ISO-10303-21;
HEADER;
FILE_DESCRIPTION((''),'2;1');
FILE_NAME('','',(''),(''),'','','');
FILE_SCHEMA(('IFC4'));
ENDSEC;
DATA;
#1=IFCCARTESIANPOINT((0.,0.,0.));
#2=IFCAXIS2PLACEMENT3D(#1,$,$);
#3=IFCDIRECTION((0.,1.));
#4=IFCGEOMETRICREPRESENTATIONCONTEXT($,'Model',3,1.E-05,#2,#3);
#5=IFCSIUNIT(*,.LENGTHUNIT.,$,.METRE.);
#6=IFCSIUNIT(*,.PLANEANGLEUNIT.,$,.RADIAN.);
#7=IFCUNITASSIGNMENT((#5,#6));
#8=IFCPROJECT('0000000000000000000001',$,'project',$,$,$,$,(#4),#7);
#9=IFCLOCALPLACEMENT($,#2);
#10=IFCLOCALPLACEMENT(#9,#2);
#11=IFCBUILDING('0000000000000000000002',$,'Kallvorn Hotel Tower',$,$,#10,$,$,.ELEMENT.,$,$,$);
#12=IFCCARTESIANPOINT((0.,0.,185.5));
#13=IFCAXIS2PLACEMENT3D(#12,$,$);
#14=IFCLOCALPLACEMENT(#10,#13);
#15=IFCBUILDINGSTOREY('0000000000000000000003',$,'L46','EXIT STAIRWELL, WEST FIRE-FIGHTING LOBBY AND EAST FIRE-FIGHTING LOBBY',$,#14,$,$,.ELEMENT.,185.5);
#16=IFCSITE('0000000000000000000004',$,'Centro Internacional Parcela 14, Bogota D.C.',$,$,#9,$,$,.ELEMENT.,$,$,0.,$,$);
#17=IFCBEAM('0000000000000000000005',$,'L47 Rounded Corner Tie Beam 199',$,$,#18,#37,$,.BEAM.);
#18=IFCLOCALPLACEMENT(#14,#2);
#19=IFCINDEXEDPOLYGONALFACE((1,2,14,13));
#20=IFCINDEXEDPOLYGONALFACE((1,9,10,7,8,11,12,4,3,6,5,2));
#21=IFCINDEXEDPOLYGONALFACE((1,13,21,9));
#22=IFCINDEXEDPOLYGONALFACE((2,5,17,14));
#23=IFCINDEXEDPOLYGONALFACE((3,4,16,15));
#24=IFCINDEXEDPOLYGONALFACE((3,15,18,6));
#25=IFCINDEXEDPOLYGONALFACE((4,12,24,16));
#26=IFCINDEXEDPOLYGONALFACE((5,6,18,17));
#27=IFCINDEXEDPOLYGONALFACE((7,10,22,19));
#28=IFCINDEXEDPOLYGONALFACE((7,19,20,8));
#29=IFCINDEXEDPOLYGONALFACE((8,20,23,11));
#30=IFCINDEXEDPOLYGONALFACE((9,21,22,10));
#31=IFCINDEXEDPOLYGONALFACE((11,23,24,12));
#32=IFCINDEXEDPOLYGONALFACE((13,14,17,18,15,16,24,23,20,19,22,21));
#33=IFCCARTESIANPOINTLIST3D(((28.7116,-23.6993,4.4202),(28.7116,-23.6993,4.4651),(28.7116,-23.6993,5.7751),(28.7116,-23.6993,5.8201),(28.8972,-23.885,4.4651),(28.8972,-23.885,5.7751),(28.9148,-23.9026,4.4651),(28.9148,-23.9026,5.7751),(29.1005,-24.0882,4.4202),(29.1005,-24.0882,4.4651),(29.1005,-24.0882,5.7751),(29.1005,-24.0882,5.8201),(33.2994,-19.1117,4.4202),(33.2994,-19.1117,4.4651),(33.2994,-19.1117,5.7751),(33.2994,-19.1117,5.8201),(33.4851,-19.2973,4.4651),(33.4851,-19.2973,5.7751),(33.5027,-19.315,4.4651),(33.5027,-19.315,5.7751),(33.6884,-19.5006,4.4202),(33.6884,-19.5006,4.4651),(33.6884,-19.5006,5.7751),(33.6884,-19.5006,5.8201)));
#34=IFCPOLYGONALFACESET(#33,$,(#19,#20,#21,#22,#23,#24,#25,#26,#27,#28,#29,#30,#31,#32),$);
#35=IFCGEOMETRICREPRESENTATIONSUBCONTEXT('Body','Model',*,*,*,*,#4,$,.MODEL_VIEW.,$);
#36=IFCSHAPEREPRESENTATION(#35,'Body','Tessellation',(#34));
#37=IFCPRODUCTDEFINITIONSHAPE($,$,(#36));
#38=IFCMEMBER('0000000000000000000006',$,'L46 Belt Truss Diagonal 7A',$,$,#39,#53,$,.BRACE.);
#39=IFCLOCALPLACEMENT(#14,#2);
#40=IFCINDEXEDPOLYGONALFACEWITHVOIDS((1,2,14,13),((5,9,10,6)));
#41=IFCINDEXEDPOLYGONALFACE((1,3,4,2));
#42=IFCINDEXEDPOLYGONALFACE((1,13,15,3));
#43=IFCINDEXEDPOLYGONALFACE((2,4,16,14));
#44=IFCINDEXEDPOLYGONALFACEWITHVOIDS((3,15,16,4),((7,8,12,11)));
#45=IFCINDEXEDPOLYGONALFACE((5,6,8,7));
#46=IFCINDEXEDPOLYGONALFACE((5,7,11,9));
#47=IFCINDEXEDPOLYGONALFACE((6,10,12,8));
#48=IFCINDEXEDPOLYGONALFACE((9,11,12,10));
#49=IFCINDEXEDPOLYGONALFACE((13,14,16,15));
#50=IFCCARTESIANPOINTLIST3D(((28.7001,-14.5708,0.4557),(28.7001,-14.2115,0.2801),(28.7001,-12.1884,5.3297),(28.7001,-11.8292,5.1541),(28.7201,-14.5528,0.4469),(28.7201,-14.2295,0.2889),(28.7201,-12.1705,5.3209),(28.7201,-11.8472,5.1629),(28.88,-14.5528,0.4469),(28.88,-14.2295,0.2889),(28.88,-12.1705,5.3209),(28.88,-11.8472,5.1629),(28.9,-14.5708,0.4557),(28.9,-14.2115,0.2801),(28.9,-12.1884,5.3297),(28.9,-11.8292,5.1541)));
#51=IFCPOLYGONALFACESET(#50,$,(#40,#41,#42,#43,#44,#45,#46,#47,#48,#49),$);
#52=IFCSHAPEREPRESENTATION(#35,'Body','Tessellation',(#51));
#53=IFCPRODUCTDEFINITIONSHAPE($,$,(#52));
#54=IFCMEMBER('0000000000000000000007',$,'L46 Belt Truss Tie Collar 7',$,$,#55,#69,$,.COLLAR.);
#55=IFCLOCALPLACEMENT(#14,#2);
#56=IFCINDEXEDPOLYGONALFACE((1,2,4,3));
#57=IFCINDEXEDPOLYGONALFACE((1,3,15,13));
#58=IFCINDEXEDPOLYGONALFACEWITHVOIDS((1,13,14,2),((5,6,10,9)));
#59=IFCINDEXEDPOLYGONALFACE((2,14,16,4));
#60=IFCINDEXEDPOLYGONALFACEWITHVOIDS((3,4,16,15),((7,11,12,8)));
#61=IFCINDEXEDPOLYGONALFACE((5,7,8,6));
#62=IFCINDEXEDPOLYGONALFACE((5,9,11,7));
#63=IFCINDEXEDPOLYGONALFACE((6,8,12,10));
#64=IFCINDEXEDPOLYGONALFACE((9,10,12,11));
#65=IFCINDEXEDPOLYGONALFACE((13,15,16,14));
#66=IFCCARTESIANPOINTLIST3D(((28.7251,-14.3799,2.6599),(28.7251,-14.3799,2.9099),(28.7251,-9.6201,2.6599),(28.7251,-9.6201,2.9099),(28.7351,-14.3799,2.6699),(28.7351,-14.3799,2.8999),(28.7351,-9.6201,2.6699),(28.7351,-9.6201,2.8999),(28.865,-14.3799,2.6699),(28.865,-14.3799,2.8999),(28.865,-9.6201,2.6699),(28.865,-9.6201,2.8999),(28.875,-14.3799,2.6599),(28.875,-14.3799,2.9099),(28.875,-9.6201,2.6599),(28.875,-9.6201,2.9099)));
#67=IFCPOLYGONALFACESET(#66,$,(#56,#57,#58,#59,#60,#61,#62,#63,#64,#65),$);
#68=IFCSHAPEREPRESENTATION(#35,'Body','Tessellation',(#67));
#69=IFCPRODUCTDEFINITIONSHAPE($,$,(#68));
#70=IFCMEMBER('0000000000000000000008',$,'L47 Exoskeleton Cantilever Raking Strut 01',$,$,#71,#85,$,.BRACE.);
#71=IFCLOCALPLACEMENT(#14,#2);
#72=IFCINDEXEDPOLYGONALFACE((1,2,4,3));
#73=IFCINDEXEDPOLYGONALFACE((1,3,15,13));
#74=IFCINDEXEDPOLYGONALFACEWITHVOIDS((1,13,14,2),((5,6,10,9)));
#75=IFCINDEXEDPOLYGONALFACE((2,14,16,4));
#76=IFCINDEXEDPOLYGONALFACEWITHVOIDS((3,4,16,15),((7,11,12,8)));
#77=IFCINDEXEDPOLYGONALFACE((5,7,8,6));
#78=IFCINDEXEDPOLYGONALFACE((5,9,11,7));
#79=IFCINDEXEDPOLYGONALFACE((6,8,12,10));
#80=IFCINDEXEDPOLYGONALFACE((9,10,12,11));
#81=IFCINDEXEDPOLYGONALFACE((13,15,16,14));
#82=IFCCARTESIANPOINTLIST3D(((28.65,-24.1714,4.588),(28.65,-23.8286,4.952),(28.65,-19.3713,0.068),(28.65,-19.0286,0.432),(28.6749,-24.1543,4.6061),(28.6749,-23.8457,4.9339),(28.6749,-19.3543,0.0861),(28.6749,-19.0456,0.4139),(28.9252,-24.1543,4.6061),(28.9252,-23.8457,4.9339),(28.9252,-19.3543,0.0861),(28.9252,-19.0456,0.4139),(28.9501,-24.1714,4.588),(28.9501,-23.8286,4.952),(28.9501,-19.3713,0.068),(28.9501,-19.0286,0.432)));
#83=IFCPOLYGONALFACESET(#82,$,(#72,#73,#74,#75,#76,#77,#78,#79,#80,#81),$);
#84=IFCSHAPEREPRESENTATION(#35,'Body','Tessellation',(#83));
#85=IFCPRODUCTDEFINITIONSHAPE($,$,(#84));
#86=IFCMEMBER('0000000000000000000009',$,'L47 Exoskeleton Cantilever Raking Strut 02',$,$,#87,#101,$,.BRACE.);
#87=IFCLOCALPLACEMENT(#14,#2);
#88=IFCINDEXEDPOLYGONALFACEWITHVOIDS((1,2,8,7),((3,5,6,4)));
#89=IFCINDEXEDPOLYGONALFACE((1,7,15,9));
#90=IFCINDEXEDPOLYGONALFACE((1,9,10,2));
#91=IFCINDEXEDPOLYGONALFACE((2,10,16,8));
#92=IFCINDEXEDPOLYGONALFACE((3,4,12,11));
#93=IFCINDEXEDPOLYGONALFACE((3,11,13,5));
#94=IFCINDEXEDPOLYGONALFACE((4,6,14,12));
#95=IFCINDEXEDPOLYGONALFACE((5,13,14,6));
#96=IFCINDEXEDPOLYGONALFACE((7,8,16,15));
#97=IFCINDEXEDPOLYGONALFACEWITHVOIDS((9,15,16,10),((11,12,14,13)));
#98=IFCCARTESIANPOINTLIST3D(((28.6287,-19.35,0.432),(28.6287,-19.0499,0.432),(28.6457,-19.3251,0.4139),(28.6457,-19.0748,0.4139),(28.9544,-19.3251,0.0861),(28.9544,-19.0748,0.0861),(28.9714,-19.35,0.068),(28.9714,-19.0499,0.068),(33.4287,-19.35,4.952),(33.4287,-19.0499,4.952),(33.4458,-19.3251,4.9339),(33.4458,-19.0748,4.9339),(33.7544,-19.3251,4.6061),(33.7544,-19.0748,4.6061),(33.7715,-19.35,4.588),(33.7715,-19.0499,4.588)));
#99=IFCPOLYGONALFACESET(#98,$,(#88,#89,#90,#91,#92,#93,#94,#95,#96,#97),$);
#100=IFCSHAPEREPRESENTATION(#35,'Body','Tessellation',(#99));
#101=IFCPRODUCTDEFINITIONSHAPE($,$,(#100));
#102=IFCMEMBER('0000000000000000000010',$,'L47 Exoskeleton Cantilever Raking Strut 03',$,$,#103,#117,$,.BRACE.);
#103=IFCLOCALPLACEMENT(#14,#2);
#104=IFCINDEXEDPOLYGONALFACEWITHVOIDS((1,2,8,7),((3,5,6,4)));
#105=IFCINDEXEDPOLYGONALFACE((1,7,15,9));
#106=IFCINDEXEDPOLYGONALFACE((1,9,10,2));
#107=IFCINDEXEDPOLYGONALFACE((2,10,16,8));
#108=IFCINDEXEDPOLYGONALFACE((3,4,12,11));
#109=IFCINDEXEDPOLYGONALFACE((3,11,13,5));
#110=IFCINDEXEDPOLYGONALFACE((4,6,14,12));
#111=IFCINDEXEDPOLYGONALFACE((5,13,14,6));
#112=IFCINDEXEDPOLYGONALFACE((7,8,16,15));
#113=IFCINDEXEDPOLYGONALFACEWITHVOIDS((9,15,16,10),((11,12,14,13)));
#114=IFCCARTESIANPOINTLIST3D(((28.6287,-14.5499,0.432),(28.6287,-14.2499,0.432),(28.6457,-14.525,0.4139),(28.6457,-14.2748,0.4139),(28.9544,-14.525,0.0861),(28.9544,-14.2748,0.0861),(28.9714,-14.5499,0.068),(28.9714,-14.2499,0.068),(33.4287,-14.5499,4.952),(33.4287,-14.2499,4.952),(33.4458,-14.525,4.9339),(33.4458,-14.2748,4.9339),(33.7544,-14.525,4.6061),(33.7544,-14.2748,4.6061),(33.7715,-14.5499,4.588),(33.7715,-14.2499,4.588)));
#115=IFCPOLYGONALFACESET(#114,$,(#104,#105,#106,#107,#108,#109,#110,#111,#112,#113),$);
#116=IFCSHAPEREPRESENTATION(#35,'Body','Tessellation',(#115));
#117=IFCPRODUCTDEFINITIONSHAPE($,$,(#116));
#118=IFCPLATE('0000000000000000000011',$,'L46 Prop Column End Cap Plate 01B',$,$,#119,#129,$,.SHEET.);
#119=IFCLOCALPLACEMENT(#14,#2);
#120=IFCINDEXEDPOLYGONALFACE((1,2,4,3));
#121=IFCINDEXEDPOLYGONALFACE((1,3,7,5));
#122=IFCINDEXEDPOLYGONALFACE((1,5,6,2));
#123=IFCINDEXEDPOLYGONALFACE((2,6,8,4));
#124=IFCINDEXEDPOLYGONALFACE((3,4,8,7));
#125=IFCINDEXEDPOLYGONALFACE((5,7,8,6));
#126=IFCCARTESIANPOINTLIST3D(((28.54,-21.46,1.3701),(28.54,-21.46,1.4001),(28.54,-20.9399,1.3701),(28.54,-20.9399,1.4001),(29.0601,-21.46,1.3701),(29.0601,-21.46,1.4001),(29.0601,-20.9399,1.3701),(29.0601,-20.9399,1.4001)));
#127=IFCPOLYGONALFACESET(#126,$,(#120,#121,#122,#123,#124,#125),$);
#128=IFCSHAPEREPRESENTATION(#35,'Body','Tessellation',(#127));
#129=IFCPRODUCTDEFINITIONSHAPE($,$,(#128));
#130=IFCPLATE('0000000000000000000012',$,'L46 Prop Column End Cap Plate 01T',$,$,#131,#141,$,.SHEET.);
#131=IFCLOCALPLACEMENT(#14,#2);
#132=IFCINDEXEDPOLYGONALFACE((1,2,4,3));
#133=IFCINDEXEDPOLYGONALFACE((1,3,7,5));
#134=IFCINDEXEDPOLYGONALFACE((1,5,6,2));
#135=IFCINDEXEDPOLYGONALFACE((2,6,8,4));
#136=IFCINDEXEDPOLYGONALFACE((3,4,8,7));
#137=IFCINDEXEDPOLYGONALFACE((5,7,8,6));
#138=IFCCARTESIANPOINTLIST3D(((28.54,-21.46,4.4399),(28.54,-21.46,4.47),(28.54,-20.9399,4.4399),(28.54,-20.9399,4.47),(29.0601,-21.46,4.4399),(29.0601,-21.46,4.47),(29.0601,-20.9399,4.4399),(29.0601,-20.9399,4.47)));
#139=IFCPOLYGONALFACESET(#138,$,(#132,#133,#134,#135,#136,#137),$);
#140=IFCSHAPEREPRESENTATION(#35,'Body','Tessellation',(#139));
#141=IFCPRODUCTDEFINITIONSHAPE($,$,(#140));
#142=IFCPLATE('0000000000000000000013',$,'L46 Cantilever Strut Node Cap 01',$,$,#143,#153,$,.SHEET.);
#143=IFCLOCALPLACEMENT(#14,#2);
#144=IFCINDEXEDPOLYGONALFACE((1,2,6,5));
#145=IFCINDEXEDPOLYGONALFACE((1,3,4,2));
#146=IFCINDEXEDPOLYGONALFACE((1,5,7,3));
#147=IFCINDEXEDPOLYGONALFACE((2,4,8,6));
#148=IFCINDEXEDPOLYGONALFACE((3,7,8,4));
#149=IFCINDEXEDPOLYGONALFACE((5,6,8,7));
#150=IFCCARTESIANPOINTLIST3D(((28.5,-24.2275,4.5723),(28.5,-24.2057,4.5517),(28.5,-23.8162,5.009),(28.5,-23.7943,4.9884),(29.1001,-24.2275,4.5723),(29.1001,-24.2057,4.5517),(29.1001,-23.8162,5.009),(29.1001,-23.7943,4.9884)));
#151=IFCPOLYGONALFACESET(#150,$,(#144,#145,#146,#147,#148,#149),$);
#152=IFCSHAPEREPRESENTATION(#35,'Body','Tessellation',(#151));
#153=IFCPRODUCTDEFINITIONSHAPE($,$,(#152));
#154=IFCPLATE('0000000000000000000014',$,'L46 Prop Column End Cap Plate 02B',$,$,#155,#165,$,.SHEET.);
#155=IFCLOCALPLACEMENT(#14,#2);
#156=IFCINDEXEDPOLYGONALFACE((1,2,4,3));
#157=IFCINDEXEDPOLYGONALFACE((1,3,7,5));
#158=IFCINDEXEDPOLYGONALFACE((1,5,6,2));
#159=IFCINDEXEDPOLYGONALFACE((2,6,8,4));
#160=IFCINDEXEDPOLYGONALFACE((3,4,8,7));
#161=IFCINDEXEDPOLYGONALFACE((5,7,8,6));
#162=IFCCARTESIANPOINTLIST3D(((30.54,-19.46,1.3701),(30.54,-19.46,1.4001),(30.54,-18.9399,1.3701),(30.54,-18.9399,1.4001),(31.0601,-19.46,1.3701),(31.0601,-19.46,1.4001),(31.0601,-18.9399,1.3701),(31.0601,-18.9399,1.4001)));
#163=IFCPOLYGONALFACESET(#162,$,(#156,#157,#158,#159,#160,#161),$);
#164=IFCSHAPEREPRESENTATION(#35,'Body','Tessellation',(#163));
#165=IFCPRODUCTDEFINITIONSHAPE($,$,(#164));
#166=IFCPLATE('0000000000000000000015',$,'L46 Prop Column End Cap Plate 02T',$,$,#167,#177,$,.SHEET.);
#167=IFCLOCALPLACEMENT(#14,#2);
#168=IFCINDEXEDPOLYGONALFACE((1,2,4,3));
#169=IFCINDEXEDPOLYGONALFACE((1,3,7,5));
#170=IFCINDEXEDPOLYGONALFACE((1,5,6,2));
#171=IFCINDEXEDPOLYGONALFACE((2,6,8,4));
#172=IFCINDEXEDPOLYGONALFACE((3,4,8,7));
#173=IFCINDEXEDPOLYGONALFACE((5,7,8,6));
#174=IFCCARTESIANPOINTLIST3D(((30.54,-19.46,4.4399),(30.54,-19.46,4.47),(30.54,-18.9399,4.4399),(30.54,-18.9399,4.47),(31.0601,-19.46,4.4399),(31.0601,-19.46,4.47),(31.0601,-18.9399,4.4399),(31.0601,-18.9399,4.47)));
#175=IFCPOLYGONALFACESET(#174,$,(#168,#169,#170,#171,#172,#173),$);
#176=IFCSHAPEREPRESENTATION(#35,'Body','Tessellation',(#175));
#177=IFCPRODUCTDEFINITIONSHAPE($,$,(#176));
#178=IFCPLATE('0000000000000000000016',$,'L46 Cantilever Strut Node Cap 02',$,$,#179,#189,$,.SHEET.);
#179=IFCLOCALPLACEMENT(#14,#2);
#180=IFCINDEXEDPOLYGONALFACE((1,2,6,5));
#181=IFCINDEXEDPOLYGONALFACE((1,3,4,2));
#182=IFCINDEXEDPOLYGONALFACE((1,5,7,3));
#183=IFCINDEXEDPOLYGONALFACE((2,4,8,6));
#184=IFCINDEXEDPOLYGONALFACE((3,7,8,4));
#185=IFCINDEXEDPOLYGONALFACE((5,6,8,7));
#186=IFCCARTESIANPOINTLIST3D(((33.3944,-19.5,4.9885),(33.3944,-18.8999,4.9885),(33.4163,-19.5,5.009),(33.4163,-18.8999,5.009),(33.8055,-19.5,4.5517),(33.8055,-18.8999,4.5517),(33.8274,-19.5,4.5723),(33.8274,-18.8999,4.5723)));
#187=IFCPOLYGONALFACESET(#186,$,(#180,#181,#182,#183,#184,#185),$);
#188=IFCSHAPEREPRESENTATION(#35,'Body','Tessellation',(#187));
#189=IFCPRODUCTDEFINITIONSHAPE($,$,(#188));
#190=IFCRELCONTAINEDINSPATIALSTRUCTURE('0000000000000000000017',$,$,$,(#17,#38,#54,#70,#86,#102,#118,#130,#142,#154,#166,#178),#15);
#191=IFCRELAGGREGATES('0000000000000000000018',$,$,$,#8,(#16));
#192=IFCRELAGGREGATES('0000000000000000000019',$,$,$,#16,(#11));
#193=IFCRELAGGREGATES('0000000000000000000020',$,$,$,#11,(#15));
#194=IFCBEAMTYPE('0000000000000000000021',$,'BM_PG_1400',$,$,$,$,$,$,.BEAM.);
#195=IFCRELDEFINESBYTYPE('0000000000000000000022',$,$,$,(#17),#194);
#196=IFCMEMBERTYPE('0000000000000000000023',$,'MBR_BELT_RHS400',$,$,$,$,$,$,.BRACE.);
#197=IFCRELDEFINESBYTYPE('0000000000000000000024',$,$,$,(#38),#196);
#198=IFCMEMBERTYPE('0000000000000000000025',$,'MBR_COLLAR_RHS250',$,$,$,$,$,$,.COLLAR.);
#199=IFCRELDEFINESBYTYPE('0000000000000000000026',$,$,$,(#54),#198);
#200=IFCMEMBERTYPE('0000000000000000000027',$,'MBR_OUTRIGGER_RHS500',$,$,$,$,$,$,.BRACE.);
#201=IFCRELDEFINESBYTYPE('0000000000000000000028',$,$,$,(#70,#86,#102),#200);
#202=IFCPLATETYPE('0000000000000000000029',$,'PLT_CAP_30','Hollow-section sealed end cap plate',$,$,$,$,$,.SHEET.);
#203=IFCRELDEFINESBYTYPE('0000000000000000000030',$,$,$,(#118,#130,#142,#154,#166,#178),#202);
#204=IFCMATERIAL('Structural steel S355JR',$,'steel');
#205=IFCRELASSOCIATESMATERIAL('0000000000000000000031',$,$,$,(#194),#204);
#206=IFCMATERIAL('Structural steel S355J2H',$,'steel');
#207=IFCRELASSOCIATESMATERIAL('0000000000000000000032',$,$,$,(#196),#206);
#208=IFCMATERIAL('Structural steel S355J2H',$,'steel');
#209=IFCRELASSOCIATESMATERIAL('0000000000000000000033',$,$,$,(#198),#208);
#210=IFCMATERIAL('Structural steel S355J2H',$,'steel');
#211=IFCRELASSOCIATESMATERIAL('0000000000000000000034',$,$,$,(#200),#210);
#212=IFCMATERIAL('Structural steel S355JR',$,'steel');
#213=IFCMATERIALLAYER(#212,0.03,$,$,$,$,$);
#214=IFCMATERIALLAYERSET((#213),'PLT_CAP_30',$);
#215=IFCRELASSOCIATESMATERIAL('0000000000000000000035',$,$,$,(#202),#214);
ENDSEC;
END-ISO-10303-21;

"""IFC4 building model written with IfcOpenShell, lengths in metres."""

from ifc_helpers import new_model, si_unit, direction, frame, origin, origin_2d, place, context, subcontext, project, spatial, polyline, rectangle, hollow_rectangle, i_section, outline, extrude, material, layer, layer_set, material_profile, profile_set, type_object, element, save


model = new_model("IFC4")

# Units and contexts
model_context = context("Model", 3, precision=1e-05, world=origin(), true_north=direction((0.0, 1.0)))
body_context = subcontext(model_context, "Body", "Model", "MODEL_VIEW")
ifc_project = project(units=[si_unit("LENGTHUNIT", "METRE"), si_unit("PLANEANGLEUNIT", "RADIAN")], contexts=[model_context])

# Site, building, storey
site_placement = place(None, origin())
site = spatial("IfcSite", under=ifc_project, at=site_placement, Name="Centro Internacional Parcela 14, Bogota D.C.", CompositionType="ELEMENT", RefElevation=0.0)
building_placement = place(site_placement, origin())
building = spatial("IfcBuilding", under=site, at=building_placement, Name="Kallvorn Hotel Tower", CompositionType="ELEMENT")
storey_placement = place(building_placement, frame((0.0, 0.0, 185.5)))
storey = spatial("IfcBuildingStorey", under=building, at=storey_placement, Name="L46", Description="EXIT STAIRWELL, WEST FIRE-FIGHTING LOBBY AND EAST FIRE-FIGHTING LOBBY", CompositionType="ELEMENT", Elevation=185.5)

# Beam
ifc_material_1 = material(Name="Structural steel S355JR", Category="steel")
ifc_material_profile_1 = material_profile(ifc_material_1, i_section(OverallWidth=0.55, OverallDepth=1.3999, WebThickness=0.0249, FlangeThickness=0.0449, at=origin_2d()), Name="PG 1400x550x25x45")
ifc_profile_set_1 = profile_set([ifc_material_profile_1], Name="Structural steel S355JR")
beam_type_1 = type_object("IfcBeamType", Name="BM_PG_1400", PredefinedType="BEAM", material=ifc_profile_set_1)
beam_1_placement = place(storey_placement, frame((33.4939, -19.3062, 5.1201), z_axis=(-0.707126, -0.707088, 0.0), x_axis=(0.707088, -0.707126, 0.0)))
element("IfcBeam", 1, at=beam_1_placement, inside=storey, type_object=beam_type_1, Name="L47 Rounded Corner Tie Beam 199", PredefinedType="BEAM", context=body_context, shape_type="SweptSolid", body=[
    extrude(i_section(OverallWidth=0.55, OverallDepth=1.3999, WebThickness=0.0249, FlangeThickness=0.0449, at=origin_2d()), origin(), (0.0, 0.0, 1.0), 6.488),
])

# Members
ifc_material_2 = material(Name="Structural steel S355J2H", Category="steel")
ifc_material_profile_2 = material_profile(ifc_material_2, hollow_rectangle(XDim=0.2, YDim=0.3999, WallThickness=0.02, at=origin_2d()), Name="RHS 400x200x20")
ifc_profile_set_2 = profile_set([ifc_material_profile_2], Name="Structural steel S355J2H")
member_type_1 = type_object("IfcMemberType", Name="MBR_BELT_RHS400", PredefinedType="BRACE", material=ifc_profile_set_2)
member_1_placement = place(storey_placement, frame((28.8, -14.3911, 0.3679), z_axis=(0.0, 0.439131, 0.898423), x_axis=(-1.0, 0.0, 0.0)))
element("IfcMember", 2, at=member_1_placement, inside=storey, type_object=member_type_1, Name="L46 Belt Truss Diagonal 7A", PredefinedType="BRACE", context=body_context, shape_type="SweptSolid", body=[
    extrude(hollow_rectangle(XDim=0.2, YDim=0.3999, WallThickness=0.02, at=origin_2d()), origin(), (0.0, 0.0, 1.0), 5.425),
])
ifc_material_3 = material(Name="Structural steel S355J2H", Category="steel")
ifc_material_profile_3 = material_profile(ifc_material_3, hollow_rectangle(XDim=0.1499, YDim=0.25, WallThickness=0.01, at=origin_2d()), Name="RHS 250x150x10")
ifc_profile_set_3 = profile_set([ifc_material_profile_3], Name="Structural steel S355J2H")
member_type_2 = type_object("IfcMemberType", Name="MBR_COLLAR_RHS250", PredefinedType="COLLAR", material=ifc_profile_set_3)
member_2_placement = place(storey_placement, frame((28.8, -14.3799, 2.7849), z_axis=(0.0, 1.0, 0.0), x_axis=(-1.0, 0.0, 0.0)))
element("IfcMember", 3, at=member_2_placement, inside=storey, type_object=member_type_2, Name="L46 Belt Truss Tie Collar 7", PredefinedType="COLLAR", context=body_context, shape_type="SweptSolid", body=[
    extrude(hollow_rectangle(XDim=0.1499, YDim=0.25, WallThickness=0.01, at=origin_2d()), origin(), (0.0, 0.0, 1.0), 4.7598),
])
ifc_material_4 = material(Name="Structural steel S355J2H", Category="steel")
ifc_material_profile_4 = material_profile(ifc_material_4, hollow_rectangle(XDim=0.3, YDim=0.5, WallThickness=0.0249, at=origin_2d()), Name="RHS 500x300x25")
ifc_profile_set_4 = profile_set([ifc_material_profile_4], Name="Structural steel S355J2H")
member_type_3 = type_object("IfcMemberType", Name="MBR_OUTRIGGER_RHS500", PredefinedType="BRACE", material=ifc_profile_set_4)
for number, where, z_axis, x_axis, name in (
    (4, (28.8, -19.2, 0.25), (0.0, -0.728024, 0.685552), (1.0, 0.0, 0.0), "L47 Exoskeleton Cantilever Raking Strut 01"),
    (5, (28.8, -19.2, 0.25), (0.728024, 0.0, 0.685552), (0.0, 1.0, 0.0), "L47 Exoskeleton Cantilever Raking Strut 02"),
    (6, (28.8, -14.3999, 0.25), (0.728024, 0.0, 0.685552), (0.0, 1.0, 0.0), "L47 Exoskeleton Cantilever Raking Strut 03"),
):
    element("IfcMember", number, at=place(storey_placement, frame(where, z_axis=z_axis, x_axis=x_axis)), inside=storey, type_object=member_type_3, Name=name, PredefinedType="BRACE", context=body_context, shape_type="SweptSolid", body=[
        extrude(hollow_rectangle(XDim=0.3, YDim=0.5, WallThickness=0.0249, at=origin_2d()), origin(), (0.0, 0.0, 1.0), 6.5933),
    ])

# Plates
ifc_material_5 = material(Name="Structural steel S355JR", Category="steel")
ifc_layer_1 = layer(ifc_material_5, 0.03)
ifc_layer_set_1 = layer_set([ifc_layer_1], Name="PLT_CAP_30")
plate_type = type_object("IfcPlateType", Name="PLT_CAP_30", Description="Hollow-section sealed end cap plate", PredefinedType="SHEET", material=ifc_layer_set_1)
for number, where, z_axis, x_axis, name in (
    (7, (28.8, -21.2, 1.3701), (0.0, 0.0, 1.0), (1.0, 0.0, 0.0), "L46 Prop Column End Cap Plate 01B"),
    (8, (28.8, -21.2, 4.4399), (0.0, 0.0, 1.0), (1.0, 0.0, 0.0), "L46 Prop Column End Cap Plate 01T"),
):
    element("IfcPlate", number, at=place(storey_placement, frame(where, z_axis=z_axis, x_axis=x_axis)), inside=storey, type_object=plate_type, Name=name, PredefinedType="SHEET", context=body_context, shape_type="SweptSolid", body=[
        extrude(rectangle(XDim=0.52, YDim=0.52, at=origin_2d()), origin(), (0.0, 0.0, 1.0), 0.03),
    ])
plate_1_placement = place(storey_placement, frame((28.5, -24.2275, 4.5723), z_axis=(0.0, -0.727949, 0.685631), x_axis=(1.0, 0.0, 0.0)))
element("IfcPlate", 9, at=plate_1_placement, inside=storey, type_object=plate_type, Name="L46 Cantilever Strut Node Cap 01", PredefinedType="SHEET", context=body_context, shape_type="SweptSolid", body=[
    extrude(outline(polyline([(0.0, 0.0), (0.6001, 0.0), (0.6001, 0.6), (0.0, 0.6), (0.0, 0.0)])), origin(), (0.0, 0.0, -1.0), 0.03),
])
for number, where, z_axis, x_axis, name in (
    (10, (30.8, -19.2, 1.3701), (0.0, 0.0, 1.0), (1.0, 0.0, 0.0), "L46 Prop Column End Cap Plate 02B"),
    (11, (30.8, -19.2, 4.4399), (0.0, 0.0, 1.0), (1.0, 0.0, 0.0), "L46 Prop Column End Cap Plate 02T"),
):
    element("IfcPlate", number, at=place(storey_placement, frame(where, z_axis=z_axis, x_axis=x_axis)), inside=storey, type_object=plate_type, Name=name, PredefinedType="SHEET", context=body_context, shape_type="SweptSolid", body=[
        extrude(rectangle(XDim=0.52, YDim=0.52, at=origin_2d()), origin(), (0.0, 0.0, 1.0), 0.03),
    ])
plate_2_placement = place(storey_placement, frame((33.8274, -19.5, 4.5723), z_axis=(0.728152, 0.0, 0.685415), x_axis=(0.0, 1.0, 0.0)))
element("IfcPlate", 12, at=plate_2_placement, inside=storey, type_object=plate_type, Name="L46 Cantilever Strut Node Cap 02", PredefinedType="SHEET", context=body_context, shape_type="SweptSolid", body=[
    extrude(outline(polyline([(0.0, 0.0), (0.6001, 0.0), (0.6001, 0.5998), (0.0, 0.5998), (0.0, 0.0)])), origin(), (0.0, 0.0, -1.0), 0.03),
])

save(model, "model.ifc")
